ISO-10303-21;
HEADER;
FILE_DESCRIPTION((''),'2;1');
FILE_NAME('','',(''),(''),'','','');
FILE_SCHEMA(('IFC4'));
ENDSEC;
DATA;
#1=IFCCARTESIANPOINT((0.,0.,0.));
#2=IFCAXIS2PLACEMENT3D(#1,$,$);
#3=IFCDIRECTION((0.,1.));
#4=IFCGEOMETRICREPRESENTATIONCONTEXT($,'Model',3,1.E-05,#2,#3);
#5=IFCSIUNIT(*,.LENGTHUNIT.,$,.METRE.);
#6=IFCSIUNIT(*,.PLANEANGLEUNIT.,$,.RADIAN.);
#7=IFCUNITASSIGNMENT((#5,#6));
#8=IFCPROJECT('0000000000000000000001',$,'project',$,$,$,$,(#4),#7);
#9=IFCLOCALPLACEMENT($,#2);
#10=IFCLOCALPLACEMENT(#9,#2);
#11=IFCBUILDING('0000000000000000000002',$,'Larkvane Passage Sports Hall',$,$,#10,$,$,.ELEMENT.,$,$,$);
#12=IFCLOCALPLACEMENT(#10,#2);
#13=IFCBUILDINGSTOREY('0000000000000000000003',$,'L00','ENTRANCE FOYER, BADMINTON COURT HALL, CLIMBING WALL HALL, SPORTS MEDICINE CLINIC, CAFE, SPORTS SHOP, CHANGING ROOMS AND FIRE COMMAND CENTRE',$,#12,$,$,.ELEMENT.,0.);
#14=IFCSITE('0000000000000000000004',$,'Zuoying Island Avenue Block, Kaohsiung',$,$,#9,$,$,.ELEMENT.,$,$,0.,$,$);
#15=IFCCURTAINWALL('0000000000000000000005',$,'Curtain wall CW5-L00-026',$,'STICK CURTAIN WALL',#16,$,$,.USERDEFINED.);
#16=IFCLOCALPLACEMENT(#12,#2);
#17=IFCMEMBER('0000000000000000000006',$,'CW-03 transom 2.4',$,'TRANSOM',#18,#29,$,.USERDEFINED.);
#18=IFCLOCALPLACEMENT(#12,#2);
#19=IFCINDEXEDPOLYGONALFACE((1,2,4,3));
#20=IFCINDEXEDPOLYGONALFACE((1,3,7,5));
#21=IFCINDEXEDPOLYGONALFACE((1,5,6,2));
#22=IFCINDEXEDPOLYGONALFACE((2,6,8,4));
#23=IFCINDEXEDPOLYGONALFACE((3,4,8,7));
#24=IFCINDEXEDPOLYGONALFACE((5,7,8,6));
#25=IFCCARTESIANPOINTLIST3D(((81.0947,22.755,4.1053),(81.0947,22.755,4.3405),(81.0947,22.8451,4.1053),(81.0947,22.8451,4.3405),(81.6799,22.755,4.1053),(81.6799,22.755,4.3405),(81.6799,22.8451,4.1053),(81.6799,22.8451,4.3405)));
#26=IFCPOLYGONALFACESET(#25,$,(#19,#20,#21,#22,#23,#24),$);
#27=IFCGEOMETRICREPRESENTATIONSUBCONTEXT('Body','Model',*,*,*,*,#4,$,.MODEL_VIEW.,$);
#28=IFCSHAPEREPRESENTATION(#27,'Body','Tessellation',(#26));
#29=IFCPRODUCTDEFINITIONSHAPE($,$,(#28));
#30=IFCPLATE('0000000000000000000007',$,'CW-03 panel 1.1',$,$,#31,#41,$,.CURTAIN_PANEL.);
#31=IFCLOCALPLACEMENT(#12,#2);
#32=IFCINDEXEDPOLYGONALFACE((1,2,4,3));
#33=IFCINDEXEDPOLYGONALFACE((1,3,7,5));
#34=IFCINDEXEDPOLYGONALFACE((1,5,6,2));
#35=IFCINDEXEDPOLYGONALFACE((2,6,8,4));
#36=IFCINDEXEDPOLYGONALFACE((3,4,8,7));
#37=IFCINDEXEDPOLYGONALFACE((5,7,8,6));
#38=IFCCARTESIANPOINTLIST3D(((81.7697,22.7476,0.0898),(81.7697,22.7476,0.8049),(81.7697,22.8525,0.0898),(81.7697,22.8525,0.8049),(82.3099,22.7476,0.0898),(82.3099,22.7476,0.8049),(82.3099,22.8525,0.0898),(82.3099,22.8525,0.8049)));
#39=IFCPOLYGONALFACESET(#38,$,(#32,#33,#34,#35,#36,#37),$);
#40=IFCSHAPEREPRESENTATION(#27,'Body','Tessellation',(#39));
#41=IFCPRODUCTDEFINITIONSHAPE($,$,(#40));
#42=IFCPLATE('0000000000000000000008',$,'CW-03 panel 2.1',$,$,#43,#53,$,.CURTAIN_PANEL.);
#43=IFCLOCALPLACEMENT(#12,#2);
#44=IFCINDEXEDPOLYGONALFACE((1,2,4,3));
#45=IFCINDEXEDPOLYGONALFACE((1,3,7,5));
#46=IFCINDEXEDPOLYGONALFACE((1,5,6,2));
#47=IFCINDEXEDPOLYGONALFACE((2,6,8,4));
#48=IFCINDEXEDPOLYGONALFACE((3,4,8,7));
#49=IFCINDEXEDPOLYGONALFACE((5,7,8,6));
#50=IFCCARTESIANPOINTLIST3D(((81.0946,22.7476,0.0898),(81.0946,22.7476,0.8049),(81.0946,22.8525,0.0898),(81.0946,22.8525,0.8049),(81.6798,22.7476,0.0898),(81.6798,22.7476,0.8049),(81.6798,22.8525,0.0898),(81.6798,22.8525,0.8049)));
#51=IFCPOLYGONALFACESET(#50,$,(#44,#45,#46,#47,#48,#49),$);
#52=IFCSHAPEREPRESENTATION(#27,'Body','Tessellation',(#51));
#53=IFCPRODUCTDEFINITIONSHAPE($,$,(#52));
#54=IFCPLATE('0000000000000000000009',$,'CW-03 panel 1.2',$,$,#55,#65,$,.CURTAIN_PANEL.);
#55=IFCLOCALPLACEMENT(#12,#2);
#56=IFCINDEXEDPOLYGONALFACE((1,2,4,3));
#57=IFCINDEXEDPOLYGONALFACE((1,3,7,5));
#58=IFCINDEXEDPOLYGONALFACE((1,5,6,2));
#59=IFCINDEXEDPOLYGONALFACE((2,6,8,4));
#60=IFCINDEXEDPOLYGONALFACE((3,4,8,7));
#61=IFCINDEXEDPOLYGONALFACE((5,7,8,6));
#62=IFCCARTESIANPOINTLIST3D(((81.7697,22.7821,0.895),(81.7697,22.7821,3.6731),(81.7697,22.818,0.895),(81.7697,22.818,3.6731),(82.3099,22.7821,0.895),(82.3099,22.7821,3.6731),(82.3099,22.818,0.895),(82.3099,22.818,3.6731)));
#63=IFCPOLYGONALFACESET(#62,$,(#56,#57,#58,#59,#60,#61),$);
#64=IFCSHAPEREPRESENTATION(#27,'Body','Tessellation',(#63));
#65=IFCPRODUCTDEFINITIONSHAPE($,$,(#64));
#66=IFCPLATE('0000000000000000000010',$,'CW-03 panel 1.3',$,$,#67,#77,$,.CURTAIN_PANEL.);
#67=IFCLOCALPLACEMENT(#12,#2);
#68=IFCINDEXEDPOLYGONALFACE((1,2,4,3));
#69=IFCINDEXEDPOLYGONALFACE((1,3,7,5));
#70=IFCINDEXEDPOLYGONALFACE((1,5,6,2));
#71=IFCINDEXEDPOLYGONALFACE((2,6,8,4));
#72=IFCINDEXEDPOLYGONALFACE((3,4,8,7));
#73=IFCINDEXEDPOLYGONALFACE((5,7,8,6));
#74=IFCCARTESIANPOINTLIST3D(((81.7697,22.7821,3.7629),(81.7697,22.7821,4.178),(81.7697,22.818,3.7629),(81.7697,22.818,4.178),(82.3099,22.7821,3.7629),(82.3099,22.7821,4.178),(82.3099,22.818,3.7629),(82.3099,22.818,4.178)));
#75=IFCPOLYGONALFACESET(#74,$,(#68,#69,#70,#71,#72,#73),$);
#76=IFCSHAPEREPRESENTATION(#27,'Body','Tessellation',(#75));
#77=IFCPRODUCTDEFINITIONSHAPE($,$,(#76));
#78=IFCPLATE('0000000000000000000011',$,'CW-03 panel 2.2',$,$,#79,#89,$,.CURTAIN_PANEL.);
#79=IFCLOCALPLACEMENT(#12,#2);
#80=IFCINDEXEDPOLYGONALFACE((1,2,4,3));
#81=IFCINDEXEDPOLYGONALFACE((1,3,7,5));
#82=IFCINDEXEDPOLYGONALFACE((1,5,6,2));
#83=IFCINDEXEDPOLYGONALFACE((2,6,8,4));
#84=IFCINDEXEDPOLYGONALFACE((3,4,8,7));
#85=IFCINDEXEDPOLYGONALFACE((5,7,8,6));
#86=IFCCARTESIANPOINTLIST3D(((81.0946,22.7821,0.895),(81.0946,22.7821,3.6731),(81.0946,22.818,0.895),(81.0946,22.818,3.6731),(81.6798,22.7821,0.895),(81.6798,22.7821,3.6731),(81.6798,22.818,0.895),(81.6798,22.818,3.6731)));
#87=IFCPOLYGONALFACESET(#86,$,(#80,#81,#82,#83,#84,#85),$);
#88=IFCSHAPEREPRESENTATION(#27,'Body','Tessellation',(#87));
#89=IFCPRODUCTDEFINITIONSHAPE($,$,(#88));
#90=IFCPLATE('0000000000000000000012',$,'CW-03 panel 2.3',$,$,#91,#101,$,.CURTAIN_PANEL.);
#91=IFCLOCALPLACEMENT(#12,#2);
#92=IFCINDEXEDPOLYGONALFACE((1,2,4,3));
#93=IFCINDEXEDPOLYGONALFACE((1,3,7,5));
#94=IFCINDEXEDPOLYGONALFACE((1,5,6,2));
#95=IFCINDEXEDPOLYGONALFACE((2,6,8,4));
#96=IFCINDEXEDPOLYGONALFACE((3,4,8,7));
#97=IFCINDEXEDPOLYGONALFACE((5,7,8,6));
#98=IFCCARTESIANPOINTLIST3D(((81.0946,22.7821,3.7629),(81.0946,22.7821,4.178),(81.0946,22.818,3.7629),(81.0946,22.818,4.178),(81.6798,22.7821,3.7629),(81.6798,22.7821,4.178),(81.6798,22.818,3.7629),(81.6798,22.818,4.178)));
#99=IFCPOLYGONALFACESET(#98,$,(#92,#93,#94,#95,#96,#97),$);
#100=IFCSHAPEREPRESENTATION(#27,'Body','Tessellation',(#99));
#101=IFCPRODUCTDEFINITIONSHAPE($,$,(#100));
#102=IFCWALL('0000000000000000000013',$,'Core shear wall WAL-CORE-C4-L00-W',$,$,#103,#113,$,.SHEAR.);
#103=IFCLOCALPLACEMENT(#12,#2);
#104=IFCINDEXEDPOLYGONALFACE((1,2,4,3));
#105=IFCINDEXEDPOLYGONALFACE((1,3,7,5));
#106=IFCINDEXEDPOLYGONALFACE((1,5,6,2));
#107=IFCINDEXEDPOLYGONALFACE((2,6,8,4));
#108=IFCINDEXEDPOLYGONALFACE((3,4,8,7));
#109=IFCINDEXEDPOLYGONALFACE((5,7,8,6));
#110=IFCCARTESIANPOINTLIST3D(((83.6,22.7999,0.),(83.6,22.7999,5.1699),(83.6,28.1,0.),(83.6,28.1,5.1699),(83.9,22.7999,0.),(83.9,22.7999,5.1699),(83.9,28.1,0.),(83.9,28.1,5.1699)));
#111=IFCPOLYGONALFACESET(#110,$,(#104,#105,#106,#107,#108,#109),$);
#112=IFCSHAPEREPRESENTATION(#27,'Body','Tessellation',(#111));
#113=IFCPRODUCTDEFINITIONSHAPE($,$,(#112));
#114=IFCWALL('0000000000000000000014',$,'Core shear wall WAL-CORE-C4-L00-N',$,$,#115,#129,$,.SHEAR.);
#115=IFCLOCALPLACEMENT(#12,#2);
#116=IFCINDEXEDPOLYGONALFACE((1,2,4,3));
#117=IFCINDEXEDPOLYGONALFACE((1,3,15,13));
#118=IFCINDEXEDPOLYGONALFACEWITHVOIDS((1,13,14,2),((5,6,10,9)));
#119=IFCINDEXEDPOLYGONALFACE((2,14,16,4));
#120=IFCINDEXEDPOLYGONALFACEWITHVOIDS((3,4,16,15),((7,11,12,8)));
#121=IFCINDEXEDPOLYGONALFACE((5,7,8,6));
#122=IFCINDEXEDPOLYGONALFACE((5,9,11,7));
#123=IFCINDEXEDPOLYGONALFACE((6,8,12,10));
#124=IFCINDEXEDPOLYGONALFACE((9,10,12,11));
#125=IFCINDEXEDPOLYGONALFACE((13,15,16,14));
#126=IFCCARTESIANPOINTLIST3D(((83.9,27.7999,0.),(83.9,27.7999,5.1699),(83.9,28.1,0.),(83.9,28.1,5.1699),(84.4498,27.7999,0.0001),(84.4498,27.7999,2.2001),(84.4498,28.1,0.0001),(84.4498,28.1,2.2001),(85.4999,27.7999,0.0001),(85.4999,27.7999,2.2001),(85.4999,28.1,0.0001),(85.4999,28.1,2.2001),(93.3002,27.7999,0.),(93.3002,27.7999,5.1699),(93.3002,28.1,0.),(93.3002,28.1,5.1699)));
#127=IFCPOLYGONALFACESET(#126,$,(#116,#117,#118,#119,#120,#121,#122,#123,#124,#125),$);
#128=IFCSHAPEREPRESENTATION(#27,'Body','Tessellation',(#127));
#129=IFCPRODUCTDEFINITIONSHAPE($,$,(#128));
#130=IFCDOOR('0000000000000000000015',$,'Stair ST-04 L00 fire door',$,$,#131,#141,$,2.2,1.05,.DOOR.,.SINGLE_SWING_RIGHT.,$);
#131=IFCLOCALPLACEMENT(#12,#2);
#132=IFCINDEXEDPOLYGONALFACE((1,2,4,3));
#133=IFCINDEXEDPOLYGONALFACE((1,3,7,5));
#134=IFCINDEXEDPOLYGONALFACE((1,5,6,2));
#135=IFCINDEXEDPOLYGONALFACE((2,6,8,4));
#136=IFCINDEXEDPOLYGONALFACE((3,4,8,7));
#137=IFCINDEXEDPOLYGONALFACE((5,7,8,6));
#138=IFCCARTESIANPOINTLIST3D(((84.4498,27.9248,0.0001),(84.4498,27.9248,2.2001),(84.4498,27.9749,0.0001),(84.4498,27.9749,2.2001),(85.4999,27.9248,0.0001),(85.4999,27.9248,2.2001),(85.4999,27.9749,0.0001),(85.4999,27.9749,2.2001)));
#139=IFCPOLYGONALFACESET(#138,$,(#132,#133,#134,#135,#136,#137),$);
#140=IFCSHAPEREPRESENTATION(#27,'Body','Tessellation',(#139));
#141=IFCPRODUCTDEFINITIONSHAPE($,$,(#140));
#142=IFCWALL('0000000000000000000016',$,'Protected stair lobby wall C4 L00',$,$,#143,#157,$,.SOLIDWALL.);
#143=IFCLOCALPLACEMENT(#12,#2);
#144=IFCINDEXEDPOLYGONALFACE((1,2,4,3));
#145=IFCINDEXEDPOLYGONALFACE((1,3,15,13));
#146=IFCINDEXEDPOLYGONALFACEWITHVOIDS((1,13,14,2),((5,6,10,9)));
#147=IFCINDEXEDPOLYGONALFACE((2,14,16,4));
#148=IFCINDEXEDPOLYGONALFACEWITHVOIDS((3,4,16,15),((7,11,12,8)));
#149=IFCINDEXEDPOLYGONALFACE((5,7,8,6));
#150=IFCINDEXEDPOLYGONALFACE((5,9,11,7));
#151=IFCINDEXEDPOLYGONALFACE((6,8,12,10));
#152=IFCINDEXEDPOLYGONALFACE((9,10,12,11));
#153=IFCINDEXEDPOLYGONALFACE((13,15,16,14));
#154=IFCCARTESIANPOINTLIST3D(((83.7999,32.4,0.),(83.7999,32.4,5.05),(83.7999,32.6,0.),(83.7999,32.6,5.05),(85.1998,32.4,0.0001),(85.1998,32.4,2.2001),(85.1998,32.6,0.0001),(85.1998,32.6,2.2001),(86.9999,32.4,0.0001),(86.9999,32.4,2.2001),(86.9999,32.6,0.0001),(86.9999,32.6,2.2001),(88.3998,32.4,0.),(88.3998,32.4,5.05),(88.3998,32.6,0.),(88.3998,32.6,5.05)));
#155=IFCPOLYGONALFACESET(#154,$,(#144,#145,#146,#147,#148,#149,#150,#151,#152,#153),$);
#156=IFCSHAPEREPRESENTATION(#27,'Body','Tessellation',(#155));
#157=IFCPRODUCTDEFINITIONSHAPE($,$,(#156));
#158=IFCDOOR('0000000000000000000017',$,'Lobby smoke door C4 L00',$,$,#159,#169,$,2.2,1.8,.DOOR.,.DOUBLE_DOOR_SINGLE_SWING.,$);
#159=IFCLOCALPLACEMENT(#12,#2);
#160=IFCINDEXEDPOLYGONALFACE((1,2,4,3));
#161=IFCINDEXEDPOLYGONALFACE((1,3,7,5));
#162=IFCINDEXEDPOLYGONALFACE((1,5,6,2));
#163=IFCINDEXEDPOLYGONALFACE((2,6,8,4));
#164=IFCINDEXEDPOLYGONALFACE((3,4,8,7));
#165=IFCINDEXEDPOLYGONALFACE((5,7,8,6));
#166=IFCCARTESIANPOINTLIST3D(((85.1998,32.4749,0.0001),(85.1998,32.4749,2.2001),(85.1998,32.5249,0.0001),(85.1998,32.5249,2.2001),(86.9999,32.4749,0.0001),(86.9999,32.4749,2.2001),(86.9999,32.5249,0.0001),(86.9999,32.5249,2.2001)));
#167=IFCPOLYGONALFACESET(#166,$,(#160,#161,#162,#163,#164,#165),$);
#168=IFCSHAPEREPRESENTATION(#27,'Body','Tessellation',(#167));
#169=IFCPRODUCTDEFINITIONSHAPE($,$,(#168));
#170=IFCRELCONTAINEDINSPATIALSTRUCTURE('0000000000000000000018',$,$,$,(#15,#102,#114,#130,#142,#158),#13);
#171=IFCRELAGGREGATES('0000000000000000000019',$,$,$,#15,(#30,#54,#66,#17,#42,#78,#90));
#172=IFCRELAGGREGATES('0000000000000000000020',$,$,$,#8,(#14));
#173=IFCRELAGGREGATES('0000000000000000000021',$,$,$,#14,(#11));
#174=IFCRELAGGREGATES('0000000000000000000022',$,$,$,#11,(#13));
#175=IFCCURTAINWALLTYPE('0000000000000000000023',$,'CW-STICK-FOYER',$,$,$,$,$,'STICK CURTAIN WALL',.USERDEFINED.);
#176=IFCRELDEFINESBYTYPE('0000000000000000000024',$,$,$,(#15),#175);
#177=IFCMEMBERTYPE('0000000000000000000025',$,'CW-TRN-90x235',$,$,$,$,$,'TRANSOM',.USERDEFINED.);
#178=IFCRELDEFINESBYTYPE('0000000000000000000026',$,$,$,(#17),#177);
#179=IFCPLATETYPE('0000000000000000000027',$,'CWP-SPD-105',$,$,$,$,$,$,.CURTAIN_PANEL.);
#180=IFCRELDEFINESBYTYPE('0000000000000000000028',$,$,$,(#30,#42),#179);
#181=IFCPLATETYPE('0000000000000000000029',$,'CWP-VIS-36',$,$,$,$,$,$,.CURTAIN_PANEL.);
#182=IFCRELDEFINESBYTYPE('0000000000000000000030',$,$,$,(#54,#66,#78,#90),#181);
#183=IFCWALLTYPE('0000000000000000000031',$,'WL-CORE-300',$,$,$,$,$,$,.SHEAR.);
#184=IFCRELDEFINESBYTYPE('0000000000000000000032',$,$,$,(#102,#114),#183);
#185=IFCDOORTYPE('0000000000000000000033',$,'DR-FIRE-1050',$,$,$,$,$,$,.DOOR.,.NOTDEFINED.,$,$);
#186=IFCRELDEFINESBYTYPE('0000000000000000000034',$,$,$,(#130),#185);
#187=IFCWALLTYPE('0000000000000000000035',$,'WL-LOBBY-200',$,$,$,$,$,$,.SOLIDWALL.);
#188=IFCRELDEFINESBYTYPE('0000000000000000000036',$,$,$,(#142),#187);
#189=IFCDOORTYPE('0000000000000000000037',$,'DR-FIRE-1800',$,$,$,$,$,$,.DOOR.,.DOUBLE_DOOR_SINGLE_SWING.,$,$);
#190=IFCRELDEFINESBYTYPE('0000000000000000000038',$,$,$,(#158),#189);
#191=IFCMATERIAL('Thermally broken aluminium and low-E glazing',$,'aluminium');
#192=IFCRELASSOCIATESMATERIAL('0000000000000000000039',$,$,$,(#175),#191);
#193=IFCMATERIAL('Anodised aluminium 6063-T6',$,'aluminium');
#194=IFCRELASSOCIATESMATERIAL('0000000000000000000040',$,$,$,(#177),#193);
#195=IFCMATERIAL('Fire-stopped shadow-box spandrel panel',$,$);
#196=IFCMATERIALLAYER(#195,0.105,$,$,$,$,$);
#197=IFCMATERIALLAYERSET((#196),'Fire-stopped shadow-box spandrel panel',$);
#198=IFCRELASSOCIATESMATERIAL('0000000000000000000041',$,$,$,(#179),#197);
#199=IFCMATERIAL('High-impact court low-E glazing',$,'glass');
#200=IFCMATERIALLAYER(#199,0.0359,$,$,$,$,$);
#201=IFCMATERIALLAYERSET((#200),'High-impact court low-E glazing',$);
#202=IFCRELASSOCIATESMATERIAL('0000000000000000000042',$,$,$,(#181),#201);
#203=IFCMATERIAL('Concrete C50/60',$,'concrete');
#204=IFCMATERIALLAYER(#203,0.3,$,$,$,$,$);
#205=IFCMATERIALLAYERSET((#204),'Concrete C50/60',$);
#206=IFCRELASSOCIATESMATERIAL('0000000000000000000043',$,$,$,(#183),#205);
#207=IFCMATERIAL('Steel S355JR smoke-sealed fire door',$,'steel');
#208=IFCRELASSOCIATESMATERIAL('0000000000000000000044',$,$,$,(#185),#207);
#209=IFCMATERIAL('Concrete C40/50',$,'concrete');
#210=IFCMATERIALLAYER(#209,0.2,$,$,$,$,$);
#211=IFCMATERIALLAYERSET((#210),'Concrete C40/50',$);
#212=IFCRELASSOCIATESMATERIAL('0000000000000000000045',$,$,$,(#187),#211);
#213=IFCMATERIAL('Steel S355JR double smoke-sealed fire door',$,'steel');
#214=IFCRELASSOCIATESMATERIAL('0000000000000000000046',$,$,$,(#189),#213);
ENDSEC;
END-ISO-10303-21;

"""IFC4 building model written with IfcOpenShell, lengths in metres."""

from ifc_helpers import new_model, si_unit, direction, frame, frame_2d, origin, origin_2d, place, context, subcontext, project, spatial, rectangle, extrude, material, layer, layer_set, material_profile, profile_set, type_object, element, fill, aggregate, save


model = new_model("IFC4")

# Units and contexts
model_context = context("Model", 3, precision=1e-05, world=origin(), true_north=direction((0.0, 1.0)))
body_context = subcontext(model_context, "Body", "Model", "MODEL_VIEW")
ifc_project = project(units=[si_unit("LENGTHUNIT", "METRE"), si_unit("PLANEANGLEUNIT", "RADIAN")], contexts=[model_context])

# Site, building, storey
site_placement = place(None, origin())
site = spatial("IfcSite", under=ifc_project, at=site_placement, Name="Zuoying Island Avenue Block, Kaohsiung", CompositionType="ELEMENT", RefElevation=0.0)
building_placement = place(site_placement, origin())
building = spatial("IfcBuilding", under=site, at=building_placement, Name="Larkvane Passage Sports Hall", CompositionType="ELEMENT")
storey_placement = place(building_placement, origin())
storey = spatial("IfcBuildingStorey", under=building, at=storey_placement, Name="L00", Description="ENTRANCE FOYER, BADMINTON COURT HALL, CLIMBING WALL HALL, SPORTS MEDICINE CLINIC, CAFE, SPORTS SHOP, CHANGING ROOMS AND FIRE COMMAND CENTRE", CompositionType="ELEMENT", Elevation=0.0)

# Shared definitions
ifc_material_1 = material(Name="Concrete C40/50", Category="concrete")

# Curtain wall, member, plates
ifc_material_2 = material(Name="Thermally broken aluminium and low-E glazing", Category="aluminium")
curtain_wall_type = type_object("IfcCurtainWallType", Name="CW-STICK-FOYER", ElementType="STICK CURTAIN WALL", PredefinedType="USERDEFINED", material=ifc_material_2)
curtain_wall_placement = place(storey_placement, origin())
curtain_wall = element("IfcCurtainWall", 1, at=curtain_wall_placement, inside=storey, type_object=curtain_wall_type, Name="Curtain wall CW5-L00-026", ObjectType="STICK CURTAIN WALL", PredefinedType="USERDEFINED")
ifc_material_3 = material(Name="Anodised aluminium 6063-T6", Category="aluminium")
ifc_material_profile_1 = material_profile(ifc_material_3, rectangle(XDim=0.0901, YDim=0.2351, at=origin_2d()), Name="ALU-TRN-90x235")
ifc_profile_set_1 = profile_set([ifc_material_profile_1], Name="Anodised aluminium 6063-T6")
member_type_1 = type_object("IfcMemberType", Name="CW-TRN-90x235", ElementType="TRANSOM", PredefinedType="USERDEFINED", material=ifc_profile_set_1)
member_1_placement = place(storey_placement, frame((81.6799, 22.8, 4.2229), z_axis=(-1.0, 0.0, 0.0), x_axis=(0.0, -1.0, 0.0)))
member_1 = element("IfcMember", 2, at=member_1_placement, type_object=member_type_1, Name="CW-03 transom 2.4", ObjectType="TRANSOM", PredefinedType="USERDEFINED", context=body_context, shape_type="SweptSolid", body=[
    extrude(rectangle(XDim=0.0901, YDim=0.2351, at=origin_2d()), origin(), (0.0, 0.0, 1.0), 0.5852),
])
ifc_material_4 = material(Name="Fire-stopped shadow-box spandrel panel")
ifc_layer_1 = layer(ifc_material_4, 0.105)
ifc_layer_set_1 = layer_set([ifc_layer_1], Name="Fire-stopped shadow-box spandrel panel")
plate_type_1 = type_object("IfcPlateType", Name="CWP-SPD-105", PredefinedType="CURTAIN_PANEL", material=ifc_layer_set_1)
plate_1_placement = place(storey_placement, frame((82.0398, 22.8, 0.0898), z_axis=(0.0, 0.0, 1.0), x_axis=(-1.0, 0.0, 0.0)))
plate_1 = element("IfcPlate", 3, at=plate_1_placement, type_object=plate_type_1, Name="CW-03 panel 1.1", PredefinedType="CURTAIN_PANEL", context=body_context, shape_type="SweptSolid", body=[
    extrude(rectangle(XDim=0.5403, YDim=0.105, at=origin_2d()), origin(), (0.0, 0.0, 1.0), 0.7151),
])
plate_2_placement = place(storey_placement, frame((81.3872, 22.8, 0.0898), z_axis=(0.0, 0.0, 1.0), x_axis=(-1.0, 0.0, 0.0)))
plate_2 = element("IfcPlate", 4, at=plate_2_placement, type_object=plate_type_1, Name="CW-03 panel 2.1", PredefinedType="CURTAIN_PANEL", context=body_context, shape_type="SweptSolid", body=[
    extrude(rectangle(XDim=0.5852, YDim=0.105, at=origin_2d()), origin(), (0.0, 0.0, 1.0), 0.7151),
])
ifc_material_5 = material(Name="High-impact court low-E glazing", Category="glass")
ifc_layer_2 = layer(ifc_material_5, 0.0359)
ifc_layer_set_2 = layer_set([ifc_layer_2], Name="High-impact court low-E glazing")
plate_type_2 = type_object("IfcPlateType", Name="CWP-VIS-36", PredefinedType="CURTAIN_PANEL", material=ifc_layer_set_2)
plate_3_placement = place(storey_placement, frame((82.0398, 22.8, 0.895), z_axis=(0.0, 0.0, 1.0), x_axis=(-1.0, 0.0, 0.0)))
plate_3 = element("IfcPlate", 5, at=plate_3_placement, type_object=plate_type_2, Name="CW-03 panel 1.2", PredefinedType="CURTAIN_PANEL", context=body_context, shape_type="SweptSolid", body=[
    extrude(rectangle(XDim=0.5403, YDim=0.0359, at=origin_2d()), origin(), (0.0, 0.0, 1.0), 2.7781),
])
plate_4_placement = place(storey_placement, frame((82.0398, 22.8, 3.7629), z_axis=(0.0, 0.0, 1.0), x_axis=(-1.0, 0.0, 0.0)))
plate_4 = element("IfcPlate", 6, at=plate_4_placement, type_object=plate_type_2, Name="CW-03 panel 1.3", PredefinedType="CURTAIN_PANEL", context=body_context, shape_type="SweptSolid", body=[
    extrude(rectangle(XDim=0.5403, YDim=0.0359, at=origin_2d()), origin(), (0.0, 0.0, 1.0), 0.415),
])
plate_5_placement = place(storey_placement, frame((81.3872, 22.8, 0.895), z_axis=(0.0, 0.0, 1.0), x_axis=(-1.0, 0.0, 0.0)))
plate_5 = element("IfcPlate", 7, at=plate_5_placement, type_object=plate_type_2, Name="CW-03 panel 2.2", PredefinedType="CURTAIN_PANEL", context=body_context, shape_type="SweptSolid", body=[
    extrude(rectangle(XDim=0.5852, YDim=0.0359, at=origin_2d()), origin(), (0.0, 0.0, 1.0), 2.7781),
])
plate_6_placement = place(storey_placement, frame((81.3872, 22.8, 3.7629), z_axis=(0.0, 0.0, 1.0), x_axis=(-1.0, 0.0, 0.0)))
plate_6 = element("IfcPlate", 8, at=plate_6_placement, type_object=plate_type_2, Name="CW-03 panel 2.3", PredefinedType="CURTAIN_PANEL", context=body_context, shape_type="SweptSolid", body=[
    extrude(rectangle(XDim=0.5852, YDim=0.0359, at=origin_2d()), origin(), (0.0, 0.0, 1.0), 0.415),
])
aggregate(curtain_wall, [plate_1, plate_3, plate_4, member_1, plate_2, plate_5, plate_6])

# Wall
ifc_material_6 = material(Name="Concrete C50/60", Category="concrete")
ifc_layer_3 = layer(ifc_material_6, 0.3)
ifc_layer_set_3 = layer_set([ifc_layer_3], Name="Concrete C50/60")
wall_type_1 = type_object("IfcWallType", Name="WL-CORE-300", PredefinedType="SHEAR", material=ifc_layer_set_3)
wall_1_placement = place(storey_placement, frame((83.75, 22.8, 0.0), z_axis=(0.0, 0.0, 1.0), x_axis=(0.0, 1.0, 0.0)))
element("IfcWall", 9, at=wall_1_placement, inside=storey, type_object=wall_type_1, Name="Core shear wall WAL-CORE-C4-L00-W", PredefinedType="SHEAR", context=body_context, shape_type="SweptSolid", body=[
    extrude(rectangle(XDim=5.3, YDim=0.3, at=frame_2d((2.6499, 0.0))), origin(), (0.0, 0.0, 1.0), 5.1699),
])

# Walls, openings, doors
wall_2_placement = place(storey_placement, frame((83.8999, 27.95, 0.0), z_axis=(0.0, 0.0, 1.0), x_axis=(1.0, 0.0, 0.0)))
wall_2 = element("IfcWall", 10, at=wall_2_placement, inside=storey, type_object=wall_type_1, Name="Core shear wall WAL-CORE-C4-L00-N", PredefinedType="SHEAR", context=body_context, shape_type="SweptSolid", body=[
    extrude(rectangle(XDim=9.4001, YDim=0.3, at=frame_2d((4.7002, 0.0))), origin(), (0.0, 0.0, 1.0), 5.1699),
])
opening_1_placement = place(wall_2_placement, frame((0.55, 0.0, 0.0)))
opening_1 = element("IfcOpeningElement", 11, at=opening_1_placement, cuts=wall_2, PredefinedType="OPENING", context=body_context, shape_type="SweptSolid", body=[
    extrude(rectangle(XDim=1.05, YDim=2.2, at=frame_2d((0.5249, 1.1001))), frame((0.0, 0.1599, 0.0), z_axis=(0.0, -1.0, 0.0), x_axis=(1.0, 0.0, 0.0)), (0.0, 0.0, 1.0), 0.3201),
])
ifc_material_7 = material(Name="Steel S355JR smoke-sealed fire door", Category="steel")
door_type_1 = type_object("IfcDoorType", Name="DR-FIRE-1050", OperationType="NOTDEFINED", PredefinedType="DOOR", material=ifc_material_7)
door_1_placement = place(opening_1_placement, origin())
door_1 = element("IfcDoor", 12, at=door_1_placement, inside=storey, type_object=door_type_1, Name="Stair ST-04 L00 fire door", OperationType="SINGLE_SWING_RIGHT", OverallHeight=2.2, OverallWidth=1.05, PredefinedType="DOOR", context=body_context, shape_type="SweptSolid", body=[
    extrude(rectangle(XDim=1.05, YDim=2.2, at=frame_2d((0.5249, 1.1001))), frame((0.0, 0.0249, 0.0), z_axis=(0.0, -1.0, 0.0), x_axis=(1.0, 0.0, 0.0)), (0.0, 0.0, 1.0), 0.05),
])
fill(opening_1, door_1)
ifc_layer_4 = layer(ifc_material_1, 0.2)
ifc_layer_set_4 = layer_set([ifc_layer_4], Name="Concrete C40/50")
wall_type_2 = type_object("IfcWallType", Name="WL-LOBBY-200", PredefinedType="SOLIDWALL", material=ifc_layer_set_4)
wall_3_placement = place(storey_placement, frame((83.8, 32.5, 0.0), z_axis=(0.0, 0.0, 1.0), x_axis=(1.0, 0.0, 0.0)))
wall_3 = element("IfcWall", 13, at=wall_3_placement, inside=storey, type_object=wall_type_2, Name="Protected stair lobby wall C4 L00", PredefinedType="SOLIDWALL", context=body_context, shape_type="SweptSolid", body=[
    extrude(rectangle(XDim=4.5999, YDim=0.2, at=frame_2d((2.2998, 0.0))), origin(), (0.0, 0.0, 1.0), 5.05),
])
opening_2_placement = place(wall_3_placement, frame((1.3999, 0.0, 0.0)))
opening_2 = element("IfcOpeningElement", 14, at=opening_2_placement, cuts=wall_3, PredefinedType="OPENING", context=body_context, shape_type="SweptSolid", body=[
    extrude(rectangle(XDim=1.8, YDim=2.2, at=frame_2d((0.8999, 1.1001))), frame((0.0, 0.1099, 0.0), z_axis=(0.0, -1.0, 0.0), x_axis=(1.0, 0.0, 0.0)), (0.0, 0.0, 1.0), 0.22),
])
ifc_material_8 = material(Name="Steel S355JR double smoke-sealed fire door", Category="steel")
door_type_2 = type_object("IfcDoorType", Name="DR-FIRE-1800", OperationType="DOUBLE_DOOR_SINGLE_SWING", PredefinedType="DOOR", material=ifc_material_8)
door_2_placement = place(opening_2_placement, origin())
door_2 = element("IfcDoor", 15, at=door_2_placement, inside=storey, type_object=door_type_2, Name="Lobby smoke door C4 L00", OperationType="DOUBLE_DOOR_SINGLE_SWING", OverallHeight=2.2, OverallWidth=1.8, PredefinedType="DOOR", context=body_context, shape_type="SweptSolid", body=[
    extrude(rectangle(XDim=1.8, YDim=2.2, at=frame_2d((0.8999, 1.1001))), frame((0.0, 0.0249, 0.0), z_axis=(0.0, -1.0, 0.0), x_axis=(1.0, 0.0, 0.0)), (0.0, 0.0, 1.0), 0.05),
])
fill(opening_2, door_2)

save(model, "model.ifc")
